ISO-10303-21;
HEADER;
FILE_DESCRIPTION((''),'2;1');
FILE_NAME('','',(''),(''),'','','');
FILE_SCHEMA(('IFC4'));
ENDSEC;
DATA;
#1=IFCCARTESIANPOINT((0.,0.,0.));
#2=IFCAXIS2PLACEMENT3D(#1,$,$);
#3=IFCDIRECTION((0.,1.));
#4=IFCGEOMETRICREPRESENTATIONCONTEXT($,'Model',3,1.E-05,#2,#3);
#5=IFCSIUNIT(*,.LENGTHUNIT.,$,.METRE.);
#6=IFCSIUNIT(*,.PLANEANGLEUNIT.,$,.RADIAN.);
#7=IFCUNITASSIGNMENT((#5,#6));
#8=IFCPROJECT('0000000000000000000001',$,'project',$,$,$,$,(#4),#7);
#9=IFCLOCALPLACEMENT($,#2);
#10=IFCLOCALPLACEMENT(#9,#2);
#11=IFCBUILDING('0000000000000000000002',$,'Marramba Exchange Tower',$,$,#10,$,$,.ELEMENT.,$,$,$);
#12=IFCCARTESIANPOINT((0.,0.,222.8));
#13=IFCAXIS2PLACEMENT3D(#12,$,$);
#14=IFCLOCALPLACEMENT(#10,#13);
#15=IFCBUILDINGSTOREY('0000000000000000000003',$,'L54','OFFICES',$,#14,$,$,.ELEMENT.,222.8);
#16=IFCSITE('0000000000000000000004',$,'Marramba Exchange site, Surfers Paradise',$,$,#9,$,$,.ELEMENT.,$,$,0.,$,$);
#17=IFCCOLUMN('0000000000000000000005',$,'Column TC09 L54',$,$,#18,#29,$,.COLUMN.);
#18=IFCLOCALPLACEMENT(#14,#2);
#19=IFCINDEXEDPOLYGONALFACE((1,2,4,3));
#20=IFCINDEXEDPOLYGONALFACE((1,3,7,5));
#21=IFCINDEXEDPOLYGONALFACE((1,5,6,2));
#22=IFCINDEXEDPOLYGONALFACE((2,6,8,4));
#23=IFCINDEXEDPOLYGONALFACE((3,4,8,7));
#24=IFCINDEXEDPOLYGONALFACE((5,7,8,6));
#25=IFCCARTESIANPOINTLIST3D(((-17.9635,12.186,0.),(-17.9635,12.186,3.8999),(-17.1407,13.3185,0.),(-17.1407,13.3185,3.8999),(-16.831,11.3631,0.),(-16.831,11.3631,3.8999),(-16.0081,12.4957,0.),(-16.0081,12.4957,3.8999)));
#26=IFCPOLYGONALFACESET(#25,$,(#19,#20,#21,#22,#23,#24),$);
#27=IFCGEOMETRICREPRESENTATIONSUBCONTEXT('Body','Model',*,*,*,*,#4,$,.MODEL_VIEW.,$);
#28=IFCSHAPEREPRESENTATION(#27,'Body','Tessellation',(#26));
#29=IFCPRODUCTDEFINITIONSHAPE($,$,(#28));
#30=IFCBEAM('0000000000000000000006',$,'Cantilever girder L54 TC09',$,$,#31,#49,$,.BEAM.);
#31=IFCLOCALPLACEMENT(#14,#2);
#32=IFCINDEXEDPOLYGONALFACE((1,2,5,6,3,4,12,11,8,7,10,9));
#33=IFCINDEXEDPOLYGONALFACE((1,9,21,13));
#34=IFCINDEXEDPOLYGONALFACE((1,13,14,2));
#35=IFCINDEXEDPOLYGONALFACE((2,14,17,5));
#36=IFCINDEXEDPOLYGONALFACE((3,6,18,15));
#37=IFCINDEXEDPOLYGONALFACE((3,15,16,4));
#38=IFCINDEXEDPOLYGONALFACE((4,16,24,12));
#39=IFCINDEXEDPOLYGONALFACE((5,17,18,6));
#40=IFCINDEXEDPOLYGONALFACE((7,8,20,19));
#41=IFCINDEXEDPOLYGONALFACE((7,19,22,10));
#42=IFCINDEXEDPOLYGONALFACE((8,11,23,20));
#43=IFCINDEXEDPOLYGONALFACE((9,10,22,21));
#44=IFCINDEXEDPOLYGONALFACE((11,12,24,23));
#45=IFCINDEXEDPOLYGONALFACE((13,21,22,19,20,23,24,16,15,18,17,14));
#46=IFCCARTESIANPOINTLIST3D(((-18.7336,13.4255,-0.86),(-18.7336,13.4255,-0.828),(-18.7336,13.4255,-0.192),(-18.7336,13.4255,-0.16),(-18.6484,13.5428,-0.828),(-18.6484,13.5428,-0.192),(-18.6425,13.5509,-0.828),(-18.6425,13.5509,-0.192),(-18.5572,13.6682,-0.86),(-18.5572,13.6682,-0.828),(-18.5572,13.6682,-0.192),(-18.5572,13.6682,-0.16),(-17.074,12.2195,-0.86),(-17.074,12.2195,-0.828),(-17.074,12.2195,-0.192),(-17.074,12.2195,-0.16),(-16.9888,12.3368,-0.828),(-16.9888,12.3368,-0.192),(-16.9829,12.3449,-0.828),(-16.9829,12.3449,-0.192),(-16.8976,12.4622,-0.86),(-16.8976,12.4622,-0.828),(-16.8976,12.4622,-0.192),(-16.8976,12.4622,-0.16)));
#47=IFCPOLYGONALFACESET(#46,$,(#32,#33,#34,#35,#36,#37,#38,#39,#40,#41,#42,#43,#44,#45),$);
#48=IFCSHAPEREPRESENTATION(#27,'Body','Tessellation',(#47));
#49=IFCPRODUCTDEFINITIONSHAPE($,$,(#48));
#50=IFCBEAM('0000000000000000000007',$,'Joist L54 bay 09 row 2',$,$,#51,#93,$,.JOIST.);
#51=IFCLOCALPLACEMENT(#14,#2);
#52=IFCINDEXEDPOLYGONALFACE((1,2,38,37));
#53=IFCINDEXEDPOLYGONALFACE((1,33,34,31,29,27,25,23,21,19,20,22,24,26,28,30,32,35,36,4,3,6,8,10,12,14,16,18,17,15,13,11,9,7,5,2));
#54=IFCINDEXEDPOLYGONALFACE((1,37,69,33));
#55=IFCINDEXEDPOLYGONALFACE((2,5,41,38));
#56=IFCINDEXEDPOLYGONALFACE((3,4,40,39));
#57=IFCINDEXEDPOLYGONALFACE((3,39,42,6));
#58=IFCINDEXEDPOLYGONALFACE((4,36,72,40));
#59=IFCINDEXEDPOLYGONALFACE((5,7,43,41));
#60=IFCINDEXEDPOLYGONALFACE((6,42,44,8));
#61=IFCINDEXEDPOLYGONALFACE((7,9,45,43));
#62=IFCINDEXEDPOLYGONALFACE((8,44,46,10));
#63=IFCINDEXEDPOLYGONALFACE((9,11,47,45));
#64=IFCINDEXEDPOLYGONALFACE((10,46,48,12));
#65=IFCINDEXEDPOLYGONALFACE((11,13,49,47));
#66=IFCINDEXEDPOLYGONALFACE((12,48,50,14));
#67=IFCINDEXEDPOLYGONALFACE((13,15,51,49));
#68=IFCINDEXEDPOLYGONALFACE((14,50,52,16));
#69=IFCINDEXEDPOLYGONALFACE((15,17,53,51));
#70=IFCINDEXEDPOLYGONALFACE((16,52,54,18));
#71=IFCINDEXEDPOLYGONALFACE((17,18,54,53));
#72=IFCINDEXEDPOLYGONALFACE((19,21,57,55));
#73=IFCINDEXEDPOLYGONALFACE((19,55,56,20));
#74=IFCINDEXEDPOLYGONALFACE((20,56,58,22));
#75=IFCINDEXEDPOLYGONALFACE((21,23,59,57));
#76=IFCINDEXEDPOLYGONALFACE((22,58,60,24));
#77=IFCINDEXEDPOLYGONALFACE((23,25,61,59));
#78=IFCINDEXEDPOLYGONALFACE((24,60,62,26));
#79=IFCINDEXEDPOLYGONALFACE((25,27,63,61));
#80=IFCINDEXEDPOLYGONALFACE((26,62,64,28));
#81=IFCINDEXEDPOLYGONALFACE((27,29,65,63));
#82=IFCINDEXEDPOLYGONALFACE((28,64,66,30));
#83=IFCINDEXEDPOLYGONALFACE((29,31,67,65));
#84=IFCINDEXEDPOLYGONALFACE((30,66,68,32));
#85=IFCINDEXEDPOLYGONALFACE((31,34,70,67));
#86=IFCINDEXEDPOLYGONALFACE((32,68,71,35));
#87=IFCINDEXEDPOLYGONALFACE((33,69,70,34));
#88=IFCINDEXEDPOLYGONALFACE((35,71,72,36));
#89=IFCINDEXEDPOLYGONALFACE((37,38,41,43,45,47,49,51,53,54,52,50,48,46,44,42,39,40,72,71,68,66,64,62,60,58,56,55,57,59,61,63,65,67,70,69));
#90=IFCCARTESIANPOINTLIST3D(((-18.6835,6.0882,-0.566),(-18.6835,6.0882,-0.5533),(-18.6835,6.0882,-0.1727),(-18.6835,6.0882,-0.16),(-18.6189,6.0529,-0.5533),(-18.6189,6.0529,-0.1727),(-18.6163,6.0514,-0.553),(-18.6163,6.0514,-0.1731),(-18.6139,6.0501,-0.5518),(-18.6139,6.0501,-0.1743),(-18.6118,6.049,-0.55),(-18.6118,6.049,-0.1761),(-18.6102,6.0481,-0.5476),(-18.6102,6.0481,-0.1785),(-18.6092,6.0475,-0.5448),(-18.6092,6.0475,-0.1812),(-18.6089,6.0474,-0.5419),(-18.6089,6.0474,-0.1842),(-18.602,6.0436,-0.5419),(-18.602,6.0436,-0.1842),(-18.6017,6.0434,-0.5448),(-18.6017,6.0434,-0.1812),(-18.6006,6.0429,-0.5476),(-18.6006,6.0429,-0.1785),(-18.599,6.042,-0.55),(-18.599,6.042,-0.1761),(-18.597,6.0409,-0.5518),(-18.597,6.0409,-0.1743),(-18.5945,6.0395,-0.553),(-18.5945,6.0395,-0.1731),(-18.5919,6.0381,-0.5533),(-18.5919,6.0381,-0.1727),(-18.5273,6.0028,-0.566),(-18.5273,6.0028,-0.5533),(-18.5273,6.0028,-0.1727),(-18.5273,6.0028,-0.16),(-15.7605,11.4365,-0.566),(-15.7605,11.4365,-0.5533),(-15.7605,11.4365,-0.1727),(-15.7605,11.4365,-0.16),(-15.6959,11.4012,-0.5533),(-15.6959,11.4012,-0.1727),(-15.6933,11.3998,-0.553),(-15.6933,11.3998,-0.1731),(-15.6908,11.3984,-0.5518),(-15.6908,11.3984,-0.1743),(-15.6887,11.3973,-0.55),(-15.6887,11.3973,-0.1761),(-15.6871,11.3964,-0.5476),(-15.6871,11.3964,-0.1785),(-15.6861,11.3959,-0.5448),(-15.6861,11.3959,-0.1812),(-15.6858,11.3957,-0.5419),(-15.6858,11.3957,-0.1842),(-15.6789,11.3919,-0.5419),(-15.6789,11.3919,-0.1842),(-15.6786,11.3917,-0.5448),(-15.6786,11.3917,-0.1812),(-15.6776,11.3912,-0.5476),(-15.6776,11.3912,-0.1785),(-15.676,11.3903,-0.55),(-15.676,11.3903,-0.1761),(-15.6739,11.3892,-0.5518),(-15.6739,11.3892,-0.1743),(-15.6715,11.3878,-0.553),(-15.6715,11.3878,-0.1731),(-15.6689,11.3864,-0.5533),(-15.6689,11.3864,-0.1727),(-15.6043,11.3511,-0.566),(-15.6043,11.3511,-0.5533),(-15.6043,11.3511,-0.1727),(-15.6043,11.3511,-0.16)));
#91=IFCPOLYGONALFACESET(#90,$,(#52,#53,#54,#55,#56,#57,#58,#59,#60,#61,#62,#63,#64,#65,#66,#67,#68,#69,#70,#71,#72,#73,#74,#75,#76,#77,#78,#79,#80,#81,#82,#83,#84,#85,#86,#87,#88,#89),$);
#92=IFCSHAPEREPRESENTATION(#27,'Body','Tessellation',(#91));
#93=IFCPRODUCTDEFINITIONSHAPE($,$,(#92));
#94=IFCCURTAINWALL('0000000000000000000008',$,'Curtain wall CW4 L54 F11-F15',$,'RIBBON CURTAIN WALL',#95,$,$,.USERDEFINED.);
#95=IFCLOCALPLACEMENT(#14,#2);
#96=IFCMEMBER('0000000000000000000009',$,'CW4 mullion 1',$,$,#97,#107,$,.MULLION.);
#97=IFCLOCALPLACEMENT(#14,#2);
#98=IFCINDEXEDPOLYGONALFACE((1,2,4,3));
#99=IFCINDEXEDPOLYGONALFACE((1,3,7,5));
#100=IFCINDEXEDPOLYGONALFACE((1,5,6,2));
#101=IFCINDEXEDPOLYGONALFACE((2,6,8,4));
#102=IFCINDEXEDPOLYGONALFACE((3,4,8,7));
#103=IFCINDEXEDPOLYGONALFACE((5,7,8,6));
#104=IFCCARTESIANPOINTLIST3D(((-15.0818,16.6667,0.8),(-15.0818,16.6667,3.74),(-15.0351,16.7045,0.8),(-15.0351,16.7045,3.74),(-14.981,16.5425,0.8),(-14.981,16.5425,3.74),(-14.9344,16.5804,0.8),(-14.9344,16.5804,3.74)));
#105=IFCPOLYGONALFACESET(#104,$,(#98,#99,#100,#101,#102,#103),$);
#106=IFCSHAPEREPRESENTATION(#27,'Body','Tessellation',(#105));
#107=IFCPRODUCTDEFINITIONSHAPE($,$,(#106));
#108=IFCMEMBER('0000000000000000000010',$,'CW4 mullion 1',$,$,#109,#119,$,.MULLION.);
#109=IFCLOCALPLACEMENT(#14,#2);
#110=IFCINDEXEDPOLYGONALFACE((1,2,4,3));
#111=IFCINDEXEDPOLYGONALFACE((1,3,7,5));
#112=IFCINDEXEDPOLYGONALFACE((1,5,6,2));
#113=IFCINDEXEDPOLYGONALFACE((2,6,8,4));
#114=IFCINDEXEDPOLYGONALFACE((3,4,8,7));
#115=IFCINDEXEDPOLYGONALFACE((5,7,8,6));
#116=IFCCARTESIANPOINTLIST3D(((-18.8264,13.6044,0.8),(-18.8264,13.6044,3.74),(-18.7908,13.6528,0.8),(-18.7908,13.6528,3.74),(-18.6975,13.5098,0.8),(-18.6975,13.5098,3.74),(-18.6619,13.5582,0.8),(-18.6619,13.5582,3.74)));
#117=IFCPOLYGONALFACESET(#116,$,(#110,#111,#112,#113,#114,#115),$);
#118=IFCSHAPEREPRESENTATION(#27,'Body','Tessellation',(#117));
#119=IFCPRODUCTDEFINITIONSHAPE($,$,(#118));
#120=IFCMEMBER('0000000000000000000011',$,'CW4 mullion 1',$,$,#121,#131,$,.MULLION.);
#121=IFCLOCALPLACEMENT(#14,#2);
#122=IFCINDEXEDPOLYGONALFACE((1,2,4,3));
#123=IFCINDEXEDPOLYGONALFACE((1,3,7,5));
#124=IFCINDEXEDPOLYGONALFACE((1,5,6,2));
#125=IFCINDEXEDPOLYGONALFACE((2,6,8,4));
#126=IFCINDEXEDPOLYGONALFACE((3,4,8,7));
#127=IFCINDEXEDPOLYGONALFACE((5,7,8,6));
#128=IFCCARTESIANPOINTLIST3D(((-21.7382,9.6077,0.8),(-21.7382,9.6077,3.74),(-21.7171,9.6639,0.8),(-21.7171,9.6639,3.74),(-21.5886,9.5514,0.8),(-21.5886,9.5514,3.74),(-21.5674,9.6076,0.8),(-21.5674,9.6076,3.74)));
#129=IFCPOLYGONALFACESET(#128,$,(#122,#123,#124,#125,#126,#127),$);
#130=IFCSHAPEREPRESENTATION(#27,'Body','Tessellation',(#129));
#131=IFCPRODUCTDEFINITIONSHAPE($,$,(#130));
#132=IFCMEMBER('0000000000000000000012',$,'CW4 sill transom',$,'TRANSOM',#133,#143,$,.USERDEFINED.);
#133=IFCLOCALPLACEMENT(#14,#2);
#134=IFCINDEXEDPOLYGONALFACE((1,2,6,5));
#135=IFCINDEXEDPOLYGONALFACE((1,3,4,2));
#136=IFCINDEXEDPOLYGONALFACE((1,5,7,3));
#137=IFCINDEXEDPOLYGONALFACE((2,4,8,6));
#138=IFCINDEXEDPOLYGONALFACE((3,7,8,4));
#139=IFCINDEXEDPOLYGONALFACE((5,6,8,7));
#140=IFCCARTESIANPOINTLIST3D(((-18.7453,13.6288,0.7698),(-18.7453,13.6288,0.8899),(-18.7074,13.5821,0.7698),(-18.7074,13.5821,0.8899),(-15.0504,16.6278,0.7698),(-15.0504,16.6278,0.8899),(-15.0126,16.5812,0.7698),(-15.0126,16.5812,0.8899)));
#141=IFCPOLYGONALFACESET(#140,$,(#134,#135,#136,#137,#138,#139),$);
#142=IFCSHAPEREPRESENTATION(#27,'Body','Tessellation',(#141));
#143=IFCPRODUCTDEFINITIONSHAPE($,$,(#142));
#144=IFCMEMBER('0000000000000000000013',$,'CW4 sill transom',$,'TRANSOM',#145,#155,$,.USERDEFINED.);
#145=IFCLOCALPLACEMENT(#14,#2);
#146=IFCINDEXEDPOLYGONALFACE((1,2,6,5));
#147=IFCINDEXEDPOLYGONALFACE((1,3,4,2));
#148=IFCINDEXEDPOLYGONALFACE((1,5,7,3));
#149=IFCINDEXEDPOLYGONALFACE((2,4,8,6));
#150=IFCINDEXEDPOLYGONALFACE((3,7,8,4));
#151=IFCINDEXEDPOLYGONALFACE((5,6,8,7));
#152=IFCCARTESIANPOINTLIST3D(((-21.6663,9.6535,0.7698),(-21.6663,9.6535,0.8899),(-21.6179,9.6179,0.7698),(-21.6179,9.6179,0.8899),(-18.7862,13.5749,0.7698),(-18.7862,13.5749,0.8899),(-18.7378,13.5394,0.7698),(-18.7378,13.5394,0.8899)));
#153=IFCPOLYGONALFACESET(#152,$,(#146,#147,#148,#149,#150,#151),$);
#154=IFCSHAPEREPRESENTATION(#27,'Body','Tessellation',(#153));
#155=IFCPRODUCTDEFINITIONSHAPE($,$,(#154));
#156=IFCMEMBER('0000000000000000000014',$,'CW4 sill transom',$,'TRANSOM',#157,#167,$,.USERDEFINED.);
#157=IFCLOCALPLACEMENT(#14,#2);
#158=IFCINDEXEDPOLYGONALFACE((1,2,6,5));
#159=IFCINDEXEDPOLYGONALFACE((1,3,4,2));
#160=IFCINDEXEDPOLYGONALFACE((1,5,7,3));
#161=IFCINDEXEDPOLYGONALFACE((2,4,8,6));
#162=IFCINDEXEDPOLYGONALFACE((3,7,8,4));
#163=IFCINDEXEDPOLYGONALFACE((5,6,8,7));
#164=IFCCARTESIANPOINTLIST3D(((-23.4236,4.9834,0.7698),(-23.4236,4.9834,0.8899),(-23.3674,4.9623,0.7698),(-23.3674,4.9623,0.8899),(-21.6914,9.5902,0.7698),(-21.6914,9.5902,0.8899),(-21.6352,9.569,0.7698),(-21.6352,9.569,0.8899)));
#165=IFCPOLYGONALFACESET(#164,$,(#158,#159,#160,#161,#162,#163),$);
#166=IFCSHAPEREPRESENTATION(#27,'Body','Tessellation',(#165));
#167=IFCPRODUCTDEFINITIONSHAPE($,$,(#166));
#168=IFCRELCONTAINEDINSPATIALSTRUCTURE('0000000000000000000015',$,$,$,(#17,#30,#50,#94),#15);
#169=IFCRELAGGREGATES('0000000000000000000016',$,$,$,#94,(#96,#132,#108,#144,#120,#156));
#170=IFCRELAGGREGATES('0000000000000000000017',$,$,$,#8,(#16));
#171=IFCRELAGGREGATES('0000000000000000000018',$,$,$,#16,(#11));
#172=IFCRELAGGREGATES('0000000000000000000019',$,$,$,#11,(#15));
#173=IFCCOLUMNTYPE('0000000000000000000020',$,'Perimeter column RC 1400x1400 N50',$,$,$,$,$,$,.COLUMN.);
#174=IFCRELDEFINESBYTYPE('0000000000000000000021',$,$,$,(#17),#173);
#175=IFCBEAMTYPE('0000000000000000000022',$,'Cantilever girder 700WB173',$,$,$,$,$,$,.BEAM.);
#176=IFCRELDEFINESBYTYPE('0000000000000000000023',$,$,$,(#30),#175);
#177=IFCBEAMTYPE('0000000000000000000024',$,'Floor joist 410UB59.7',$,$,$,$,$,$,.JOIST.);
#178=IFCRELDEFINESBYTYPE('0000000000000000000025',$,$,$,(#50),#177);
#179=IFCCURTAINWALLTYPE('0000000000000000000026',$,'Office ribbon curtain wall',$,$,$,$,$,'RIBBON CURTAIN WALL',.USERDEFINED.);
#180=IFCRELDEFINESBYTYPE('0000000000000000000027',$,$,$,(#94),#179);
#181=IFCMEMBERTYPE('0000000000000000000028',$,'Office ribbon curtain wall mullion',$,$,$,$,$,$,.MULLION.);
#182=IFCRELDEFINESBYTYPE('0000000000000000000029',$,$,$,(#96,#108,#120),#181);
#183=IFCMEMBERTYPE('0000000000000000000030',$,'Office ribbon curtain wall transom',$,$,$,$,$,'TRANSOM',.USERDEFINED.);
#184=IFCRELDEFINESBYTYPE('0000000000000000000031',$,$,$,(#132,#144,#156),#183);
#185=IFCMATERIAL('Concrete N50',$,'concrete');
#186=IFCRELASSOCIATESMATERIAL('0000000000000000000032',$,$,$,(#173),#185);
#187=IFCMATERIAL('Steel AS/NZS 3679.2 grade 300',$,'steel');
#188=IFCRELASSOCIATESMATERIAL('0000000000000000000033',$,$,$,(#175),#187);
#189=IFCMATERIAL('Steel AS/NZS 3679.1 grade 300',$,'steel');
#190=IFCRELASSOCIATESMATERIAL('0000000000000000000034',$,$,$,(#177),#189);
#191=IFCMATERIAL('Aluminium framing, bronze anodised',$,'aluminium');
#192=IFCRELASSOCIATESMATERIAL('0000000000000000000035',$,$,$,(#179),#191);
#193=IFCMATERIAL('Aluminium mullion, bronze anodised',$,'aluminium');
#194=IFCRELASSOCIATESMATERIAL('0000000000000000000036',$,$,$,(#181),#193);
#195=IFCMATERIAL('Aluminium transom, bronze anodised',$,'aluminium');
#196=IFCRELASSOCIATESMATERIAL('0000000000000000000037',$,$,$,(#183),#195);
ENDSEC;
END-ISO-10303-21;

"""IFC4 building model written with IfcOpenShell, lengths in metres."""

from ifc_helpers import new_model, si_unit, direction, frame, origin, origin_2d, place, context, subcontext, project, spatial, rectangle, i_section, extrude, material, material_profile, profile_set, type_object, element, aggregate, save


model = new_model("IFC4")

# Units and contexts
model_context = context("Model", 3, precision=1e-05, world=origin(), true_north=direction((0.0, 1.0)))
body_context = subcontext(model_context, "Body", "Model", "MODEL_VIEW")
ifc_project = project(units=[si_unit("LENGTHUNIT", "METRE"), si_unit("PLANEANGLEUNIT", "RADIAN")], contexts=[model_context])

# Site, building, storey
site_placement = place(None, origin())
site = spatial("IfcSite", under=ifc_project, at=site_placement, Name="Marramba Exchange site, Surfers Paradise", CompositionType="ELEMENT", RefElevation=0.0)
building_placement = place(site_placement, origin())
building = spatial("IfcBuilding", under=site, at=building_placement, Name="Marramba Exchange Tower", CompositionType="ELEMENT")
storey_placement = place(building_placement, frame((0.0, 0.0, 222.8)))
storey = spatial("IfcBuildingStorey", under=building, at=storey_placement, Name="L54", Description="OFFICES", CompositionType="ELEMENT", Elevation=222.8)

# Column
ifc_material_1 = material(Name="Concrete N50", Category="concrete")
ifc_material_profile_1 = material_profile(ifc_material_1, rectangle(XDim=1.3999, YDim=1.3999, at=origin_2d()), Name="RC 1400x1400")
ifc_profile_set_1 = profile_set([ifc_material_profile_1], Name="Concrete N50")
column_type = type_object("IfcColumnType", Name="Perimeter column RC 1400x1400 N50", PredefinedType="COLUMN", material=ifc_profile_set_1)
column_placement = place(storey_placement, frame((-16.9858, 12.3408, 0.0), z_axis=(0.0, 0.0, 1.0), x_axis=(-0.809017, 0.587785, 0.0)))
element("IfcColumn", 1, at=column_placement, inside=storey, type_object=column_type, Name="Column TC09 L54", PredefinedType="COLUMN", context=body_context, shape_type="SweptSolid", body=[
    extrude(rectangle(XDim=1.3999, YDim=1.3999, at=origin_2d()), origin(), (0.0, 0.0, 1.0), 3.8999),
])

# Beams
ifc_material_2 = material(Name="Steel AS/NZS 3679.2 grade 300", Category="steel")
ifc_material_profile_2 = material_profile(ifc_material_2, i_section(OverallWidth=0.3, OverallDepth=0.7, WebThickness=0.01, FlangeThickness=0.032, at=origin_2d()), Name="700WB173")
ifc_profile_set_2 = profile_set([ifc_material_profile_2], Name="Steel AS/NZS 3679.2 grade 300")
beam_type_1 = type_object("IfcBeamType", Name="Cantilever girder 700WB173", PredefinedType="BEAM", material=ifc_profile_set_2)
beam_1_placement = place(storey_placement, frame((-16.9858, 12.3408, -0.51), z_axis=(-0.808962, 0.58786, 0.0), x_axis=(-0.58786, -0.808962, 0.0)))
element("IfcBeam", 2, at=beam_1_placement, inside=storey, type_object=beam_type_1, Name="Cantilever girder L54 TC09", PredefinedType="BEAM", context=body_context, shape_type="SweptSolid", body=[
    extrude(i_section(OverallWidth=0.3, OverallDepth=0.7, WebThickness=0.01, FlangeThickness=0.032, at=origin_2d()), origin(), (0.0, 0.0, 1.0), 2.0515),
])
ifc_material_3 = material(Name="Steel AS/NZS 3679.1 grade 300", Category="steel")
ifc_material_profile_3 = material_profile(ifc_material_3, i_section(OverallWidth=0.178, OverallDepth=0.406, WebThickness=0.0078, FlangeThickness=0.0127, FilletRadius=0.0115, at=origin_2d()), Name="410UB59.7")
ifc_profile_set_3 = profile_set([ifc_material_profile_3], Name="Steel AS/NZS 3679.1 grade 300")
beam_type_2 = type_object("IfcBeamType", Name="Floor joist 410UB59.7", PredefinedType="JOIST", material=ifc_profile_set_3)
beam_2_placement = place(storey_placement, frame((-15.6824, 11.3938, -0.363), z_axis=(-0.479584, -0.877496, 0.0), x_axis=(0.877496, -0.479584, 0.0)))
element("IfcBeam", 3, at=beam_2_placement, inside=storey, type_object=beam_type_2, Name="Joist L54 bay 09 row 2", PredefinedType="JOIST", context=body_context, shape_type="SweptSolid", body=[
    extrude(i_section(OverallWidth=0.178, OverallDepth=0.406, WebThickness=0.0078, FlangeThickness=0.0127, FilletRadius=0.0115, at=origin_2d()), origin(), (0.0, 0.0, 1.0), 6.095),
])

# Curtain wall, members
ifc_material_4 = material(Name="Aluminium framing, bronze anodised", Category="aluminium")
curtain_wall_type = type_object("IfcCurtainWallType", Name="Office ribbon curtain wall", ElementType="RIBBON CURTAIN WALL", PredefinedType="USERDEFINED", material=ifc_material_4)
curtain_wall_placement = place(storey_placement, origin())
curtain_wall = element("IfcCurtainWall", 4, at=curtain_wall_placement, inside=storey, type_object=curtain_wall_type, Name="Curtain wall CW4 L54 F11-F15", ObjectType="RIBBON CURTAIN WALL", PredefinedType="USERDEFINED")
ifc_material_5 = material(Name="Aluminium mullion, bronze anodised", Category="aluminium")
ifc_material_profile_4 = material_profile(ifc_material_5, rectangle(XDim=0.1599, YDim=0.0601, at=origin_2d()), Name="CW4 mullion 60x160")
ifc_profile_set_4 = profile_set([ifc_material_profile_4], Name="Aluminium mullion, bronze anodised")
member_type_1 = type_object("IfcMemberType", Name="Office ribbon curtain wall mullion", PredefinedType="MULLION", material=ifc_profile_set_4)
member_1_placement = place(storey_placement, frame((-15.0081, 16.6235, 0.8), z_axis=(0.0, 0.0, 1.0), x_axis=(0.630201, -0.776432, 0.0)))
member_1 = element("IfcMember", 5, at=member_1_placement, type_object=member_type_1, Name="CW4 mullion 1", PredefinedType="MULLION", context=body_context, shape_type="SweptSolid", body=[
    extrude(rectangle(XDim=0.1599, YDim=0.0601, at=origin_2d()), origin(), (0.0, 0.0, 1.0), 2.9399),
])
member_2_placement = place(storey_placement, frame((-18.7441, 13.5813, 0.8), z_axis=(0.0, 0.0, 1.0), x_axis=(0.805965, -0.591963, 0.0)))
member_2 = element("IfcMember", 6, at=member_2_placement, type_object=member_type_1, Name="CW4 mullion 1", PredefinedType="MULLION", context=body_context, shape_type="SweptSolid", body=[
    extrude(rectangle(XDim=0.1599, YDim=0.0601, at=origin_2d()), origin(), (0.0, 0.0, 1.0), 2.9399),
])
member_3_placement = place(storey_placement, frame((-21.6528, 9.6077, 0.8), z_axis=(0.0, 0.0, 1.0), x_axis=(0.936018, -0.351952, 0.0)))
member_3 = element("IfcMember", 7, at=member_3_placement, type_object=member_type_1, Name="CW4 mullion 1", PredefinedType="MULLION", context=body_context, shape_type="SweptSolid", body=[
    extrude(rectangle(XDim=0.1599, YDim=0.0601, at=origin_2d()), origin(), (0.0, 0.0, 1.0), 2.9399),
])
ifc_material_6 = material(Name="Aluminium transom, bronze anodised", Category="aluminium")
ifc_material_profile_5 = material_profile(ifc_material_6, rectangle(XDim=0.0601, YDim=0.1201, at=origin_2d()), Name="CW4 transom 60x120")
ifc_profile_set_5 = profile_set([ifc_material_profile_5], Name="Aluminium transom, bronze anodised")
member_type_2 = type_object("IfcMemberType", Name="Office ribbon curtain wall transom", ElementType="TRANSOM", PredefinedType="USERDEFINED", material=ifc_profile_set_5)
member_4_placement = place(storey_placement, frame((-15.0315, 16.6045, 0.8298), z_axis=(-0.776425, -0.63021, 0.0), x_axis=(0.63021, -0.776425, 0.0)))
member_4 = element("IfcMember", 8, at=member_4_placement, type_object=member_type_2, Name="CW4 sill transom", ObjectType="TRANSOM", PredefinedType="USERDEFINED", context=body_context, shape_type="SweptSolid", body=[
    extrude(rectangle(XDim=0.0601, YDim=0.1201, at=origin_2d()), origin(), (0.0, 0.0, 1.0), 4.7588),
])
member_5_placement = place(storey_placement, frame((-18.762, 13.5571, 0.8298), z_axis=(-0.591957, -0.805969, 0.0), x_axis=(0.805969, -0.591957, 0.0)))
member_5 = element("IfcMember", 9, at=member_5_placement, type_object=member_type_2, Name="CW4 sill transom", ObjectType="TRANSOM", PredefinedType="USERDEFINED", context=body_context, shape_type="SweptSolid", body=[
    extrude(rectangle(XDim=0.0601, YDim=0.1201, at=origin_2d()), origin(), (0.0, 0.0, 1.0), 4.8655),
])
member_6_placement = place(storey_placement, frame((-21.6633, 9.5796, 0.8298), z_axis=(-0.351955, -0.936017, 0.0), x_axis=(0.936017, -0.351955, 0.0)))
member_6 = element("IfcMember", 10, at=member_6_placement, type_object=member_type_2, Name="CW4 sill transom", ObjectType="TRANSOM", PredefinedType="USERDEFINED", context=body_context, shape_type="SweptSolid", body=[
    extrude(rectangle(XDim=0.0601, YDim=0.1201, at=origin_2d()), origin(), (0.0, 0.0, 1.0), 4.9216),
])

aggregate(curtain_wall, [member_1, member_4, member_2, member_5, member_3, member_6])

save(model, "model.ifc")
